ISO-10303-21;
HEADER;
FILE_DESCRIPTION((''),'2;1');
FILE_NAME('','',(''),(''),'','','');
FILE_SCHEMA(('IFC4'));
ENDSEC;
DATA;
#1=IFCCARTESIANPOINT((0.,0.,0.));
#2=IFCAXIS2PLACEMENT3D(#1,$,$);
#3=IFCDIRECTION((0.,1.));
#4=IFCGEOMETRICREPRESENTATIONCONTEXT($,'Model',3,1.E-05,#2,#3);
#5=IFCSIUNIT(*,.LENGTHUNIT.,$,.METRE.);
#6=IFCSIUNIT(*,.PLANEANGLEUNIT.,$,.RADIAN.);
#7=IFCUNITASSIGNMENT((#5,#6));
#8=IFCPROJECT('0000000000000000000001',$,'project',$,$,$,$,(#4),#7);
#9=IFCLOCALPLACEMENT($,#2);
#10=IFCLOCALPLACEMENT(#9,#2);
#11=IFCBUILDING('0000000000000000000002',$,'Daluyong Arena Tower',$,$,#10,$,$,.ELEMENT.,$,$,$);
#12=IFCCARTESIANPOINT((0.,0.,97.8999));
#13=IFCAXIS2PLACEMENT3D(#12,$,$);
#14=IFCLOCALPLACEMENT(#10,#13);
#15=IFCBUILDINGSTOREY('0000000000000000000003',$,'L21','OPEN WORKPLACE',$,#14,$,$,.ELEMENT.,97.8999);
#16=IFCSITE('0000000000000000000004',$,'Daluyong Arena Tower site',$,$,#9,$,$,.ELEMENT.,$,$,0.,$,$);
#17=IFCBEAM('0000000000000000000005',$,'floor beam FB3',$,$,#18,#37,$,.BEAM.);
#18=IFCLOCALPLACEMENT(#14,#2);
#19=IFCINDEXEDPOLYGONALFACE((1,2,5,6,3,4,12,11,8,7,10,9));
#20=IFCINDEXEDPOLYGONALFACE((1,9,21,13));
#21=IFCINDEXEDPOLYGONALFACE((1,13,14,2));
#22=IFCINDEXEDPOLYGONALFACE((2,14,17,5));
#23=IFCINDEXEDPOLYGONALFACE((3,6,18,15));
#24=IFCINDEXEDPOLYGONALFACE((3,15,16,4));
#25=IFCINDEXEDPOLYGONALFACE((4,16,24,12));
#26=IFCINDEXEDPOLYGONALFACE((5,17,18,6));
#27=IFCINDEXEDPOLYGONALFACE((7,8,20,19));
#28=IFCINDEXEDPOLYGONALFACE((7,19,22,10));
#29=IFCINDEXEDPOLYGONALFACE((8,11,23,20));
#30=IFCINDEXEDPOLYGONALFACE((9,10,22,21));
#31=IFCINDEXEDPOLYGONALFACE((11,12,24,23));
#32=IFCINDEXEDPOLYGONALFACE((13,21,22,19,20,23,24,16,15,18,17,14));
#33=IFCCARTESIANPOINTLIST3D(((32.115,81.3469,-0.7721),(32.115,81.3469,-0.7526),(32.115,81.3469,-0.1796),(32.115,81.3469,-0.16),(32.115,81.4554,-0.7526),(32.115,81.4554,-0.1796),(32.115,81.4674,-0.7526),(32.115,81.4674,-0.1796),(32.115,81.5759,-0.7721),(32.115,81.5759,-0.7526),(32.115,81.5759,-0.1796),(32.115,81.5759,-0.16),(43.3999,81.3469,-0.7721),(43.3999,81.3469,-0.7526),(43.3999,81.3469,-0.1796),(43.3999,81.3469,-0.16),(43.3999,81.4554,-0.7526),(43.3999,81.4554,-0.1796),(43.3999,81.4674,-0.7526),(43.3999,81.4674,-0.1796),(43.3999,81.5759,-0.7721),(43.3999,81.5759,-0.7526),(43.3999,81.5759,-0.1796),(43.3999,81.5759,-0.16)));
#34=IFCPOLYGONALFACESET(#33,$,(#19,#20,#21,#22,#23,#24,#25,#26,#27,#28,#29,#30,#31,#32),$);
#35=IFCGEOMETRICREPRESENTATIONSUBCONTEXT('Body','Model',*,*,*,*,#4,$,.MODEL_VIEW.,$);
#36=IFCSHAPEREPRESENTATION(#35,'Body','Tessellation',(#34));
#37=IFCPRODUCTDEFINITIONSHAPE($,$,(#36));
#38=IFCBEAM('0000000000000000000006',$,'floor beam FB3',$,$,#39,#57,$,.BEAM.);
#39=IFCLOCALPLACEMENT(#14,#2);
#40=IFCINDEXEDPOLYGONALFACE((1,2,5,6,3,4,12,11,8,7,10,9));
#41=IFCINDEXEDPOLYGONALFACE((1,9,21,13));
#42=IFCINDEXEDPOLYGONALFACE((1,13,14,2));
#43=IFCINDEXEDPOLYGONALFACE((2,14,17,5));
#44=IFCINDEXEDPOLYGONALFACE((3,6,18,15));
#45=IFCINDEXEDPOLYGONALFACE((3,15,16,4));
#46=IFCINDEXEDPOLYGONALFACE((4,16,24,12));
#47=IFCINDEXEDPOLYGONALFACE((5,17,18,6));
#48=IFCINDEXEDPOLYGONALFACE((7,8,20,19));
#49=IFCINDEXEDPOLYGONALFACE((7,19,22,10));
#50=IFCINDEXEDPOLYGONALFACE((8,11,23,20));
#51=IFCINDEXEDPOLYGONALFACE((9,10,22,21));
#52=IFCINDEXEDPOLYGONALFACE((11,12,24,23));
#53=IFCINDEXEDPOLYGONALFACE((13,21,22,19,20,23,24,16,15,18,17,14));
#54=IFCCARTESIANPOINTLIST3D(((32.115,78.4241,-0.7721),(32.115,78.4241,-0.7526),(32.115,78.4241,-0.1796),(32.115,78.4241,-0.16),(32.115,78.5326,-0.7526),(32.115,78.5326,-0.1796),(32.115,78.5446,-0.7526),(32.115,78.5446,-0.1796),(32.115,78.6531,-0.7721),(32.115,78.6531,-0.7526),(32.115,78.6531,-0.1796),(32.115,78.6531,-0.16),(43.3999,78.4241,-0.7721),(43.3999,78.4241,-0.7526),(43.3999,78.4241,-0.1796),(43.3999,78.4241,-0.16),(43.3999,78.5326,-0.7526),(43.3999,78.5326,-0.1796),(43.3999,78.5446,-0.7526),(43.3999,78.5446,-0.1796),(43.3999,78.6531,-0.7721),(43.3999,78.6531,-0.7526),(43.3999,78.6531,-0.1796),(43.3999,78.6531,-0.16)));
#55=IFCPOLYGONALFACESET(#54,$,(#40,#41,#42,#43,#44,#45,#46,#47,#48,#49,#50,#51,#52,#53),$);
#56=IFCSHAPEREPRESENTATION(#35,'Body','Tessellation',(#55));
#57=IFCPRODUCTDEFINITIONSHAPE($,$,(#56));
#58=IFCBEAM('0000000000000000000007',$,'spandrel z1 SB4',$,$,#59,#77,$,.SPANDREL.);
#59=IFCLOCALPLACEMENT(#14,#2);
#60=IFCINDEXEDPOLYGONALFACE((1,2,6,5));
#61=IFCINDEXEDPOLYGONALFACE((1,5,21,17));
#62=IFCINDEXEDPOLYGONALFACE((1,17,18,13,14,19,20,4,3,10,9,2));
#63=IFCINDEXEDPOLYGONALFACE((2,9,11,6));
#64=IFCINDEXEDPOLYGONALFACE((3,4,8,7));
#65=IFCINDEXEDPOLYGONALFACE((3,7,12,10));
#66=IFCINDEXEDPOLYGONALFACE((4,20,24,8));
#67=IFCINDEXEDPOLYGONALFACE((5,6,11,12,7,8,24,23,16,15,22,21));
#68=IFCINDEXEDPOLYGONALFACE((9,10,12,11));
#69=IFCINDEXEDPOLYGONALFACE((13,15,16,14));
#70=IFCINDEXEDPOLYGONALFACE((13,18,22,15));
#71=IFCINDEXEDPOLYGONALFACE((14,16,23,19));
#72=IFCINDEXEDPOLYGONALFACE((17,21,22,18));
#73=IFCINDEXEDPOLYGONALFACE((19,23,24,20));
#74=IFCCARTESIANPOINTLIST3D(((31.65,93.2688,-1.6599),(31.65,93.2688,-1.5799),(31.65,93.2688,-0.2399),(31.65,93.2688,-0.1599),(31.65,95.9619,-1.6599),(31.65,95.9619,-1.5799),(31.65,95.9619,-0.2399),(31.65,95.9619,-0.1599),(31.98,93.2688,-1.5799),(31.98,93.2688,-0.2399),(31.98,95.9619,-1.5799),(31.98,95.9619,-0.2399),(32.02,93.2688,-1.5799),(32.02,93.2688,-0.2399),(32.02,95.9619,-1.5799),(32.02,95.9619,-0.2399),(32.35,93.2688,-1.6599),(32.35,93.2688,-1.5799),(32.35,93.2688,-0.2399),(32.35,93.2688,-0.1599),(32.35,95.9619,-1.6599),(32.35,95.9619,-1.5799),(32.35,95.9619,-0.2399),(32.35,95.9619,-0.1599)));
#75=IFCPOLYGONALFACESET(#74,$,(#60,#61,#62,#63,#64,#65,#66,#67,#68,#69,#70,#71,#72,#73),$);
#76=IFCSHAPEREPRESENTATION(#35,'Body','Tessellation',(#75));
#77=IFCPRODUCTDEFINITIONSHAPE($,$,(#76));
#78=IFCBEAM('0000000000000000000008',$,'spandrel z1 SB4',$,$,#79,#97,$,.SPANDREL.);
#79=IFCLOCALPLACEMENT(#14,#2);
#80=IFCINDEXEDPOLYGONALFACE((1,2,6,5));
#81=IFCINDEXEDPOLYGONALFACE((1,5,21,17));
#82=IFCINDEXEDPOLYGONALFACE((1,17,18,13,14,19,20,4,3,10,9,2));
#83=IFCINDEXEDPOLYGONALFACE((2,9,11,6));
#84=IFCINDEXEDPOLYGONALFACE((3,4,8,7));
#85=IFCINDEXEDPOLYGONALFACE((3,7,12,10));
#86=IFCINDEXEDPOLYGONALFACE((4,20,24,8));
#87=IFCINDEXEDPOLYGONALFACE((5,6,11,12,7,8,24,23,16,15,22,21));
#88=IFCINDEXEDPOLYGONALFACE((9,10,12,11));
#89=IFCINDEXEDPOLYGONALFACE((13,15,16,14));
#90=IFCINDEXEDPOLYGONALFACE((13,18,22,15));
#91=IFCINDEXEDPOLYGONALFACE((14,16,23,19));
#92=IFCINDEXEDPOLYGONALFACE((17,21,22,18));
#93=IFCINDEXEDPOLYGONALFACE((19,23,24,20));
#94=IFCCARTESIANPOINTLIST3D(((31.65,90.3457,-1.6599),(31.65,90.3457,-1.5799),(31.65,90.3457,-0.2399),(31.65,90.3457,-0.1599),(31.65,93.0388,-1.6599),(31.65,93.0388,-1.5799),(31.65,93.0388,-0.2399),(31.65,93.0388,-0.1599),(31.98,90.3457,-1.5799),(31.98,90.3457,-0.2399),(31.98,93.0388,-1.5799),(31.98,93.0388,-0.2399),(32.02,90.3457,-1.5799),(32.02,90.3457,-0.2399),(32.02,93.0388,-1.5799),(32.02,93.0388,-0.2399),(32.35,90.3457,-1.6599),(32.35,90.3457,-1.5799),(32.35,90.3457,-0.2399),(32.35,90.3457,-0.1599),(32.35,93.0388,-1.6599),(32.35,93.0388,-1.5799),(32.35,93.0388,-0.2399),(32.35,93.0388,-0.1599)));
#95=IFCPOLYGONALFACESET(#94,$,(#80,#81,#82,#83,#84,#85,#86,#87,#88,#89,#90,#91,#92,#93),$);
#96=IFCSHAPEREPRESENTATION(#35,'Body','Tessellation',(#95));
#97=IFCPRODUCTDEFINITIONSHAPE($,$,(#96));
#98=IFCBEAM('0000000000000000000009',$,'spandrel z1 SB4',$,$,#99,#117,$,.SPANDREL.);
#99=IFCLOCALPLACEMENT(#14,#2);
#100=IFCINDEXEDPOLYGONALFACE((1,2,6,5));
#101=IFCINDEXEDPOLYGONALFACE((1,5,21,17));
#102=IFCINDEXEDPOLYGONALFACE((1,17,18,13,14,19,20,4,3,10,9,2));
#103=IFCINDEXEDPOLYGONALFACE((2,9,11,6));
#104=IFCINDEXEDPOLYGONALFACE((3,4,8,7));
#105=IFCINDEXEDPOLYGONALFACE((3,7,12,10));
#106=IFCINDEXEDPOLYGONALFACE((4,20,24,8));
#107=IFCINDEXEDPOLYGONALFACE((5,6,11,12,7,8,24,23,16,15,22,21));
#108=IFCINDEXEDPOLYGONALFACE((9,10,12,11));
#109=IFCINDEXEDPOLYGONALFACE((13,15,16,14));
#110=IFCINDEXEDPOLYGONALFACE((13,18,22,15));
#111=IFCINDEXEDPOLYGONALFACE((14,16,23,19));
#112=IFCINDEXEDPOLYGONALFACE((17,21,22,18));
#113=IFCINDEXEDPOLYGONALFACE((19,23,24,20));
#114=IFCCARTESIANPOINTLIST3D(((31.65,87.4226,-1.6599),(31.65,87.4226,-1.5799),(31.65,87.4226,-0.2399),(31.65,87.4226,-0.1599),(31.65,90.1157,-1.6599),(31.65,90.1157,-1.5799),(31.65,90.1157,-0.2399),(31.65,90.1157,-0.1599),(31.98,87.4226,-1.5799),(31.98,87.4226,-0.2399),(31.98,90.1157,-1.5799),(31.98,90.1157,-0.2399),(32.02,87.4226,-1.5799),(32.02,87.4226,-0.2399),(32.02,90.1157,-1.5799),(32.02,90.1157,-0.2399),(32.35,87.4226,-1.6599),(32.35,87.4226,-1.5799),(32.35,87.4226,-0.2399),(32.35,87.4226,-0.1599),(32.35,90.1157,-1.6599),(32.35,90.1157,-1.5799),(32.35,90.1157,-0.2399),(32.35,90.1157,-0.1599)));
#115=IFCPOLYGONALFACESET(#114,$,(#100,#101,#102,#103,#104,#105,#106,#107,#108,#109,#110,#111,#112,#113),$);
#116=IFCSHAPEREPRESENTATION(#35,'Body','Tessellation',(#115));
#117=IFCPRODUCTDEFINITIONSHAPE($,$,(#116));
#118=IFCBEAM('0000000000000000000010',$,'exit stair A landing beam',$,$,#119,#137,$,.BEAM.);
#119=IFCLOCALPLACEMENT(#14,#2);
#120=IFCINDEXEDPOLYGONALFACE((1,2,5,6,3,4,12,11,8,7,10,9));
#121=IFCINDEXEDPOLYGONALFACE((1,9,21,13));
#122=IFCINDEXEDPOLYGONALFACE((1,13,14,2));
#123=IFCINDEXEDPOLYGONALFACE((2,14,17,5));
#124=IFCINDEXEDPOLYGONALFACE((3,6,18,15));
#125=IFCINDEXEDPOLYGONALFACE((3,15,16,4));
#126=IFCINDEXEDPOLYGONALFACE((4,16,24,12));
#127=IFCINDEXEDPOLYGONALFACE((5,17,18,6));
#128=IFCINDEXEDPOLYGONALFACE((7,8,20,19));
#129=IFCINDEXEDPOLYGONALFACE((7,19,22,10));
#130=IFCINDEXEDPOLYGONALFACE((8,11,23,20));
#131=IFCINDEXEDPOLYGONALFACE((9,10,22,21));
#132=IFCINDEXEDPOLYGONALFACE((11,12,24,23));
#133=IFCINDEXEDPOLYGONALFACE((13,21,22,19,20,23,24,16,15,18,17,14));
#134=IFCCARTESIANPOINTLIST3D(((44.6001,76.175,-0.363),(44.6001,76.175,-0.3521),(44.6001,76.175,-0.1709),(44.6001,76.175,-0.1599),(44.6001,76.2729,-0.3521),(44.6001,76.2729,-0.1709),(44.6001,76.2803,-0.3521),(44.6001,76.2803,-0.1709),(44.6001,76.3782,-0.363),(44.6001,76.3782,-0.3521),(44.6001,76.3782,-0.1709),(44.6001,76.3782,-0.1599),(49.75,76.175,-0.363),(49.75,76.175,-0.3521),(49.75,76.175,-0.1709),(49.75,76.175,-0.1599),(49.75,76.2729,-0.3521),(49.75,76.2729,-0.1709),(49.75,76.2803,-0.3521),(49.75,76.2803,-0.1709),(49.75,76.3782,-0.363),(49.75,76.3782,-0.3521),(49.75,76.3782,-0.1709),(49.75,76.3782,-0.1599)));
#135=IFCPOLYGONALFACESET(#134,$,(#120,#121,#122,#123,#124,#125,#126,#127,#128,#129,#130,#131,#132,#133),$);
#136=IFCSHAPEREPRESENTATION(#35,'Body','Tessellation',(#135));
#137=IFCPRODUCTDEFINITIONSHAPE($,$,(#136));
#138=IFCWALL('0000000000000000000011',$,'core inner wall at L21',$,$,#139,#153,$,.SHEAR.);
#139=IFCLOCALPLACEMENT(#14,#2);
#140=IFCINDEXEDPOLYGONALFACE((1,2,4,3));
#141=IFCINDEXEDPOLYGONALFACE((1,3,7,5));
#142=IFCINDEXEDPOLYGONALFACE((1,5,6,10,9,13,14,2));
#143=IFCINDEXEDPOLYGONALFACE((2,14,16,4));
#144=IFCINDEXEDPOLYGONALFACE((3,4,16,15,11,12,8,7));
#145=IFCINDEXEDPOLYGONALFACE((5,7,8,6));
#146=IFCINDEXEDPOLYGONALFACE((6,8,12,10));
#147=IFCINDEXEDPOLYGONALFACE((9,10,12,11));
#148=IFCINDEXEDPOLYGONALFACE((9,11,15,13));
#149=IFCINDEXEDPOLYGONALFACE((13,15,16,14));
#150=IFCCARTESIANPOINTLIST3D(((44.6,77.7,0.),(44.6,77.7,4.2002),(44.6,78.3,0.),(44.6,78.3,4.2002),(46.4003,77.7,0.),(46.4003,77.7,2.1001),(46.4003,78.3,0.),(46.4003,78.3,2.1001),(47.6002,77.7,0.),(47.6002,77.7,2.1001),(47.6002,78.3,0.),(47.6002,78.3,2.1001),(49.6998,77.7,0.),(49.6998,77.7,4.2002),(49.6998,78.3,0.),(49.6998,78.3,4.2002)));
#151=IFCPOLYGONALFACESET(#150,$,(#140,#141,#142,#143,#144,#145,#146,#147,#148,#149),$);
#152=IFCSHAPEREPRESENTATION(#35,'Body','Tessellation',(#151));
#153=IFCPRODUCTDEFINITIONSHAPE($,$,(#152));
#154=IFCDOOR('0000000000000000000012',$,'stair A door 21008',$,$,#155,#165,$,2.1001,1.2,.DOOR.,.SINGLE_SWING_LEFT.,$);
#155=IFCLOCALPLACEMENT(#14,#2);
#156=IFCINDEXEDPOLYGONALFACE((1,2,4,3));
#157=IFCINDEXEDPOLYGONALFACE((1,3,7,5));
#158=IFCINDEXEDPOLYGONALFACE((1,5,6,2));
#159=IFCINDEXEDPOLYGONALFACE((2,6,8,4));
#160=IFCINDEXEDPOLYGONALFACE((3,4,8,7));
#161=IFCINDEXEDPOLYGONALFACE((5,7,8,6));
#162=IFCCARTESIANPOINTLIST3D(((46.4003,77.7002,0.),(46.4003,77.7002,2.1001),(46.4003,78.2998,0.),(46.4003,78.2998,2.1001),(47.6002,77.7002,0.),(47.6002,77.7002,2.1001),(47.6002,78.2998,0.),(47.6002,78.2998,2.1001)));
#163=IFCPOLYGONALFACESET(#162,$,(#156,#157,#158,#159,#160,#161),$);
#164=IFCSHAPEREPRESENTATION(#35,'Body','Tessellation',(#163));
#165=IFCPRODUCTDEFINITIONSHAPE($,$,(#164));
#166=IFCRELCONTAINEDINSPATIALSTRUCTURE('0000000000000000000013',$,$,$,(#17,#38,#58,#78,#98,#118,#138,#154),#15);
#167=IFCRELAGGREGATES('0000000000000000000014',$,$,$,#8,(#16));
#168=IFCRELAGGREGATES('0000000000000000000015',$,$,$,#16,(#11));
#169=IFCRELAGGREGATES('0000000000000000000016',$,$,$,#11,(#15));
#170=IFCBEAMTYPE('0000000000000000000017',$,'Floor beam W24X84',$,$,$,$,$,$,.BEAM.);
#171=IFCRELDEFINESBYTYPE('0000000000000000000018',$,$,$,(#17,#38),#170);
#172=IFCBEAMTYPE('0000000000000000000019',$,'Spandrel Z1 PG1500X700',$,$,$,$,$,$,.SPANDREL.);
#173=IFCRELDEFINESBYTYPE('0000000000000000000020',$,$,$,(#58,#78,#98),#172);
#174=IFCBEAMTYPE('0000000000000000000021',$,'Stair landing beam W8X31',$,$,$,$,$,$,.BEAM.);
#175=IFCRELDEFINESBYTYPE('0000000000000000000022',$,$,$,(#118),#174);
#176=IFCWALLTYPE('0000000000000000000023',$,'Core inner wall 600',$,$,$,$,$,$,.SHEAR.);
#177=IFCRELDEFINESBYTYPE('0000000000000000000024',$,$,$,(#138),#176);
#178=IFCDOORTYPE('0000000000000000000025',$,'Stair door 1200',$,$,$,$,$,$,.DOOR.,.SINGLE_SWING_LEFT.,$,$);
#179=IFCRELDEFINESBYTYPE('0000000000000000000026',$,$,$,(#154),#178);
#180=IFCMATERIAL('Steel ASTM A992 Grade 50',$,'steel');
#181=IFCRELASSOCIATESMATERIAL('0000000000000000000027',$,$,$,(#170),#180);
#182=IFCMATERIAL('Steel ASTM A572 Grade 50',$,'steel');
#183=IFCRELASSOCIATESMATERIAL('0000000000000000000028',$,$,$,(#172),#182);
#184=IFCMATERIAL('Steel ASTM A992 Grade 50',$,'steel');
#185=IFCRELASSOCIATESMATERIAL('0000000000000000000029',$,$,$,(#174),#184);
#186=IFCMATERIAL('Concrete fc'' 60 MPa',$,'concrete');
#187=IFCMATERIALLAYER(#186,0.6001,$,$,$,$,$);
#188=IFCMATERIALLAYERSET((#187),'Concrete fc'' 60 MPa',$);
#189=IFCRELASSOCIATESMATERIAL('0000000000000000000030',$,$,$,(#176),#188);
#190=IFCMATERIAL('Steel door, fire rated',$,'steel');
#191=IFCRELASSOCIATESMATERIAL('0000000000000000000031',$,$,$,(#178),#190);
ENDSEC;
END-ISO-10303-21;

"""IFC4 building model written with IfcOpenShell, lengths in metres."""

from ifc_helpers import new_model, si_unit, direction, frame, frame_2d, origin, origin_2d, place, context, subcontext, project, spatial, rectangle, i_section, extrude, material, layer, layer_set, material_profile, profile_set, type_object, element, fill, save


model = new_model("IFC4")

# Units and contexts
model_context = context("Model", 3, precision=1e-05, world=origin(), true_north=direction((0.0, 1.0)))
body_context = subcontext(model_context, "Body", "Model", "MODEL_VIEW")
ifc_project = project(units=[si_unit("LENGTHUNIT", "METRE"), si_unit("PLANEANGLEUNIT", "RADIAN")], contexts=[model_context])

# Site, building, storey
site_placement = place(None, origin())
site = spatial("IfcSite", under=ifc_project, at=site_placement, Name="Daluyong Arena Tower site", CompositionType="ELEMENT", RefElevation=0.0)
building_placement = place(site_placement, origin())
building = spatial("IfcBuilding", under=site, at=building_placement, Name="Daluyong Arena Tower", CompositionType="ELEMENT")
storey_placement = place(building_placement, frame((0.0, 0.0, 97.8999)))
storey = spatial("IfcBuildingStorey", under=building, at=storey_placement, Name="L21", Description="OPEN WORKPLACE", CompositionType="ELEMENT", Elevation=97.8999)

# Beams
ifc_material_1 = material(Name="Steel ASTM A992 Grade 50", Category="steel")
ifc_material_profile_1 = material_profile(ifc_material_1, i_section(OverallWidth=0.229, OverallDepth=0.6121, WebThickness=0.012, FlangeThickness=0.0195, at=origin_2d()))
ifc_profile_set_1 = profile_set([ifc_material_profile_1], Name="Steel ASTM A992 Grade 50")
beam_type_1 = type_object("IfcBeamType", Name="Floor beam W24X84", PredefinedType="BEAM", material=ifc_profile_set_1)
for number, where, z_axis, x_axis, name in (
    (1, (32.115, 81.4614, -0.4661), (1.0, 0.0, 0.0), (0.0, 1.0, 0.0), "floor beam FB3"),
    (2, (32.115, 78.5386, -0.4661), (1.0, 0.0, 0.0), (0.0, 1.0, 0.0), "floor beam FB3"),
):
    element("IfcBeam", number, at=place(storey_placement, frame(where, z_axis=z_axis, x_axis=x_axis)), inside=storey, type_object=beam_type_1, Name=name, PredefinedType="BEAM", context=body_context, shape_type="SweptSolid", body=[
        extrude(i_section(OverallWidth=0.229, OverallDepth=0.6121, WebThickness=0.012, FlangeThickness=0.0195, at=origin_2d()), origin(), (0.0, 0.0, 1.0), 11.2849),
    ])
ifc_material_2 = material(Name="Steel ASTM A572 Grade 50", Category="steel")
ifc_material_profile_2 = material_profile(ifc_material_2, i_section(OverallWidth=0.7, OverallDepth=1.5, WebThickness=0.04, FlangeThickness=0.08, at=origin_2d()))
ifc_profile_set_2 = profile_set([ifc_material_profile_2], Name="Steel ASTM A572 Grade 50")
beam_type_2 = type_object("IfcBeamType", Name="Spandrel Z1 PG1500X700", PredefinedType="SPANDREL", material=ifc_profile_set_2)
for number, where, z_axis, x_axis, name in (
    (3, (32.0, 95.9619, -0.9099), (0.0, -1.0, 0.0), (1.0, 0.0, 0.0), "spandrel z1 SB4"),
    (4, (32.0, 93.0388, -0.9099), (0.0, -1.0, 0.0), (1.0, 0.0, 0.0), "spandrel z1 SB4"),
    (5, (32.0, 90.1157, -0.9099), (0.0, -1.0, 0.0), (1.0, 0.0, 0.0), "spandrel z1 SB4"),
):
    element("IfcBeam", number, at=place(storey_placement, frame(where, z_axis=z_axis, x_axis=x_axis)), inside=storey, type_object=beam_type_2, Name=name, PredefinedType="SPANDREL", context=body_context, shape_type="SweptSolid", body=[
        extrude(i_section(OverallWidth=0.7, OverallDepth=1.5, WebThickness=0.04, FlangeThickness=0.08, at=origin_2d()), origin(), (0.0, 0.0, 1.0), 2.6931),
    ])
ifc_material_3 = material(Name="Steel ASTM A992 Grade 50", Category="steel")
ifc_material_profile_3 = material_profile(ifc_material_3, i_section(OverallWidth=0.2031, OverallDepth=0.2031, WebThickness=0.0073, FlangeThickness=0.011, at=origin_2d()))
ifc_profile_set_3 = profile_set([ifc_material_profile_3], Name="Steel ASTM A992 Grade 50")
beam_type_3 = type_object("IfcBeamType", Name="Stair landing beam W8X31", PredefinedType="BEAM", material=ifc_profile_set_3)
beam_1_placement = place(storey_placement, frame((44.6001, 76.2766, -0.2615), z_axis=(1.0, 0.0, 0.0), x_axis=(0.0, 1.0, 0.0)))
element("IfcBeam", 6, at=beam_1_placement, inside=storey, type_object=beam_type_3, Name="exit stair A landing beam", PredefinedType="BEAM", context=body_context, shape_type="SweptSolid", body=[
    extrude(i_section(OverallWidth=0.2031, OverallDepth=0.2031, WebThickness=0.0073, FlangeThickness=0.011, at=origin_2d()), origin(), (0.0, 0.0, 1.0), 5.1499),
])

# Wall, opening, door
ifc_material_4 = material(Name="Concrete fc' 60 MPa", Category="concrete")
ifc_layer_1 = layer(ifc_material_4, 0.6001)
ifc_layer_set_1 = layer_set([ifc_layer_1], Name="Concrete fc' 60 MPa")
wall_type_1 = type_object("IfcWallType", Name="Core inner wall 600", PredefinedType="SHEAR", material=ifc_layer_set_1)
wall_1_placement = place(storey_placement, frame((44.6001, 78.0, 0.0), z_axis=(0.0, 0.0, 1.0), x_axis=(1.0, 0.0, 0.0)))
wall_1 = element("IfcWall", 7, at=wall_1_placement, inside=storey, type_object=wall_type_1, Name="core inner wall at L21", PredefinedType="SHEAR", context=body_context, shape_type="SweptSolid", body=[
    extrude(rectangle(XDim=5.0999, YDim=0.6001, at=frame_2d((2.5498, 0.0))), origin(), (0.0, 0.0, 1.0), 4.2002),
])
opening_1_placement = place(wall_1_placement, frame((1.8, 0.0, 0.0)))
opening_1 = element("IfcOpeningElement", 8, at=opening_1_placement, cuts=wall_1, PredefinedType="OPENING", context=body_context, shape_type="SweptSolid", body=[
    extrude(rectangle(XDim=1.2, YDim=2.1001, at=frame_2d((0.6001, 1.05))), frame((0.0, 0.3101, 0.0), z_axis=(0.0, -1.0, 0.0), x_axis=(1.0, 0.0, 0.0)), (0.0, 0.0, 1.0), 0.6201),
])
ifc_material_5 = material(Name="Steel door, fire rated", Category="steel")
door_type_1 = type_object("IfcDoorType", Name="Stair door 1200", OperationType="SINGLE_SWING_LEFT", PredefinedType="DOOR", material=ifc_material_5)
door_1_placement = place(opening_1_placement, origin())
door_1 = element("IfcDoor", 9, at=door_1_placement, inside=storey, type_object=door_type_1, Name="stair A door 21008", OperationType="SINGLE_SWING_LEFT", OverallHeight=2.1001, OverallWidth=1.2, PredefinedType="DOOR", context=body_context, shape_type="SweptSolid", body=[
    extrude(rectangle(XDim=1.2, YDim=2.1001, at=frame_2d((0.6001, 1.05))), frame((0.0, 0.2998, 0.0), z_axis=(0.0, -1.0, 0.0), x_axis=(1.0, 0.0, 0.0)), (0.0, 0.0, 1.0), 0.5996),
])
fill(opening_1, door_1)

save(model, "model.ifc")
